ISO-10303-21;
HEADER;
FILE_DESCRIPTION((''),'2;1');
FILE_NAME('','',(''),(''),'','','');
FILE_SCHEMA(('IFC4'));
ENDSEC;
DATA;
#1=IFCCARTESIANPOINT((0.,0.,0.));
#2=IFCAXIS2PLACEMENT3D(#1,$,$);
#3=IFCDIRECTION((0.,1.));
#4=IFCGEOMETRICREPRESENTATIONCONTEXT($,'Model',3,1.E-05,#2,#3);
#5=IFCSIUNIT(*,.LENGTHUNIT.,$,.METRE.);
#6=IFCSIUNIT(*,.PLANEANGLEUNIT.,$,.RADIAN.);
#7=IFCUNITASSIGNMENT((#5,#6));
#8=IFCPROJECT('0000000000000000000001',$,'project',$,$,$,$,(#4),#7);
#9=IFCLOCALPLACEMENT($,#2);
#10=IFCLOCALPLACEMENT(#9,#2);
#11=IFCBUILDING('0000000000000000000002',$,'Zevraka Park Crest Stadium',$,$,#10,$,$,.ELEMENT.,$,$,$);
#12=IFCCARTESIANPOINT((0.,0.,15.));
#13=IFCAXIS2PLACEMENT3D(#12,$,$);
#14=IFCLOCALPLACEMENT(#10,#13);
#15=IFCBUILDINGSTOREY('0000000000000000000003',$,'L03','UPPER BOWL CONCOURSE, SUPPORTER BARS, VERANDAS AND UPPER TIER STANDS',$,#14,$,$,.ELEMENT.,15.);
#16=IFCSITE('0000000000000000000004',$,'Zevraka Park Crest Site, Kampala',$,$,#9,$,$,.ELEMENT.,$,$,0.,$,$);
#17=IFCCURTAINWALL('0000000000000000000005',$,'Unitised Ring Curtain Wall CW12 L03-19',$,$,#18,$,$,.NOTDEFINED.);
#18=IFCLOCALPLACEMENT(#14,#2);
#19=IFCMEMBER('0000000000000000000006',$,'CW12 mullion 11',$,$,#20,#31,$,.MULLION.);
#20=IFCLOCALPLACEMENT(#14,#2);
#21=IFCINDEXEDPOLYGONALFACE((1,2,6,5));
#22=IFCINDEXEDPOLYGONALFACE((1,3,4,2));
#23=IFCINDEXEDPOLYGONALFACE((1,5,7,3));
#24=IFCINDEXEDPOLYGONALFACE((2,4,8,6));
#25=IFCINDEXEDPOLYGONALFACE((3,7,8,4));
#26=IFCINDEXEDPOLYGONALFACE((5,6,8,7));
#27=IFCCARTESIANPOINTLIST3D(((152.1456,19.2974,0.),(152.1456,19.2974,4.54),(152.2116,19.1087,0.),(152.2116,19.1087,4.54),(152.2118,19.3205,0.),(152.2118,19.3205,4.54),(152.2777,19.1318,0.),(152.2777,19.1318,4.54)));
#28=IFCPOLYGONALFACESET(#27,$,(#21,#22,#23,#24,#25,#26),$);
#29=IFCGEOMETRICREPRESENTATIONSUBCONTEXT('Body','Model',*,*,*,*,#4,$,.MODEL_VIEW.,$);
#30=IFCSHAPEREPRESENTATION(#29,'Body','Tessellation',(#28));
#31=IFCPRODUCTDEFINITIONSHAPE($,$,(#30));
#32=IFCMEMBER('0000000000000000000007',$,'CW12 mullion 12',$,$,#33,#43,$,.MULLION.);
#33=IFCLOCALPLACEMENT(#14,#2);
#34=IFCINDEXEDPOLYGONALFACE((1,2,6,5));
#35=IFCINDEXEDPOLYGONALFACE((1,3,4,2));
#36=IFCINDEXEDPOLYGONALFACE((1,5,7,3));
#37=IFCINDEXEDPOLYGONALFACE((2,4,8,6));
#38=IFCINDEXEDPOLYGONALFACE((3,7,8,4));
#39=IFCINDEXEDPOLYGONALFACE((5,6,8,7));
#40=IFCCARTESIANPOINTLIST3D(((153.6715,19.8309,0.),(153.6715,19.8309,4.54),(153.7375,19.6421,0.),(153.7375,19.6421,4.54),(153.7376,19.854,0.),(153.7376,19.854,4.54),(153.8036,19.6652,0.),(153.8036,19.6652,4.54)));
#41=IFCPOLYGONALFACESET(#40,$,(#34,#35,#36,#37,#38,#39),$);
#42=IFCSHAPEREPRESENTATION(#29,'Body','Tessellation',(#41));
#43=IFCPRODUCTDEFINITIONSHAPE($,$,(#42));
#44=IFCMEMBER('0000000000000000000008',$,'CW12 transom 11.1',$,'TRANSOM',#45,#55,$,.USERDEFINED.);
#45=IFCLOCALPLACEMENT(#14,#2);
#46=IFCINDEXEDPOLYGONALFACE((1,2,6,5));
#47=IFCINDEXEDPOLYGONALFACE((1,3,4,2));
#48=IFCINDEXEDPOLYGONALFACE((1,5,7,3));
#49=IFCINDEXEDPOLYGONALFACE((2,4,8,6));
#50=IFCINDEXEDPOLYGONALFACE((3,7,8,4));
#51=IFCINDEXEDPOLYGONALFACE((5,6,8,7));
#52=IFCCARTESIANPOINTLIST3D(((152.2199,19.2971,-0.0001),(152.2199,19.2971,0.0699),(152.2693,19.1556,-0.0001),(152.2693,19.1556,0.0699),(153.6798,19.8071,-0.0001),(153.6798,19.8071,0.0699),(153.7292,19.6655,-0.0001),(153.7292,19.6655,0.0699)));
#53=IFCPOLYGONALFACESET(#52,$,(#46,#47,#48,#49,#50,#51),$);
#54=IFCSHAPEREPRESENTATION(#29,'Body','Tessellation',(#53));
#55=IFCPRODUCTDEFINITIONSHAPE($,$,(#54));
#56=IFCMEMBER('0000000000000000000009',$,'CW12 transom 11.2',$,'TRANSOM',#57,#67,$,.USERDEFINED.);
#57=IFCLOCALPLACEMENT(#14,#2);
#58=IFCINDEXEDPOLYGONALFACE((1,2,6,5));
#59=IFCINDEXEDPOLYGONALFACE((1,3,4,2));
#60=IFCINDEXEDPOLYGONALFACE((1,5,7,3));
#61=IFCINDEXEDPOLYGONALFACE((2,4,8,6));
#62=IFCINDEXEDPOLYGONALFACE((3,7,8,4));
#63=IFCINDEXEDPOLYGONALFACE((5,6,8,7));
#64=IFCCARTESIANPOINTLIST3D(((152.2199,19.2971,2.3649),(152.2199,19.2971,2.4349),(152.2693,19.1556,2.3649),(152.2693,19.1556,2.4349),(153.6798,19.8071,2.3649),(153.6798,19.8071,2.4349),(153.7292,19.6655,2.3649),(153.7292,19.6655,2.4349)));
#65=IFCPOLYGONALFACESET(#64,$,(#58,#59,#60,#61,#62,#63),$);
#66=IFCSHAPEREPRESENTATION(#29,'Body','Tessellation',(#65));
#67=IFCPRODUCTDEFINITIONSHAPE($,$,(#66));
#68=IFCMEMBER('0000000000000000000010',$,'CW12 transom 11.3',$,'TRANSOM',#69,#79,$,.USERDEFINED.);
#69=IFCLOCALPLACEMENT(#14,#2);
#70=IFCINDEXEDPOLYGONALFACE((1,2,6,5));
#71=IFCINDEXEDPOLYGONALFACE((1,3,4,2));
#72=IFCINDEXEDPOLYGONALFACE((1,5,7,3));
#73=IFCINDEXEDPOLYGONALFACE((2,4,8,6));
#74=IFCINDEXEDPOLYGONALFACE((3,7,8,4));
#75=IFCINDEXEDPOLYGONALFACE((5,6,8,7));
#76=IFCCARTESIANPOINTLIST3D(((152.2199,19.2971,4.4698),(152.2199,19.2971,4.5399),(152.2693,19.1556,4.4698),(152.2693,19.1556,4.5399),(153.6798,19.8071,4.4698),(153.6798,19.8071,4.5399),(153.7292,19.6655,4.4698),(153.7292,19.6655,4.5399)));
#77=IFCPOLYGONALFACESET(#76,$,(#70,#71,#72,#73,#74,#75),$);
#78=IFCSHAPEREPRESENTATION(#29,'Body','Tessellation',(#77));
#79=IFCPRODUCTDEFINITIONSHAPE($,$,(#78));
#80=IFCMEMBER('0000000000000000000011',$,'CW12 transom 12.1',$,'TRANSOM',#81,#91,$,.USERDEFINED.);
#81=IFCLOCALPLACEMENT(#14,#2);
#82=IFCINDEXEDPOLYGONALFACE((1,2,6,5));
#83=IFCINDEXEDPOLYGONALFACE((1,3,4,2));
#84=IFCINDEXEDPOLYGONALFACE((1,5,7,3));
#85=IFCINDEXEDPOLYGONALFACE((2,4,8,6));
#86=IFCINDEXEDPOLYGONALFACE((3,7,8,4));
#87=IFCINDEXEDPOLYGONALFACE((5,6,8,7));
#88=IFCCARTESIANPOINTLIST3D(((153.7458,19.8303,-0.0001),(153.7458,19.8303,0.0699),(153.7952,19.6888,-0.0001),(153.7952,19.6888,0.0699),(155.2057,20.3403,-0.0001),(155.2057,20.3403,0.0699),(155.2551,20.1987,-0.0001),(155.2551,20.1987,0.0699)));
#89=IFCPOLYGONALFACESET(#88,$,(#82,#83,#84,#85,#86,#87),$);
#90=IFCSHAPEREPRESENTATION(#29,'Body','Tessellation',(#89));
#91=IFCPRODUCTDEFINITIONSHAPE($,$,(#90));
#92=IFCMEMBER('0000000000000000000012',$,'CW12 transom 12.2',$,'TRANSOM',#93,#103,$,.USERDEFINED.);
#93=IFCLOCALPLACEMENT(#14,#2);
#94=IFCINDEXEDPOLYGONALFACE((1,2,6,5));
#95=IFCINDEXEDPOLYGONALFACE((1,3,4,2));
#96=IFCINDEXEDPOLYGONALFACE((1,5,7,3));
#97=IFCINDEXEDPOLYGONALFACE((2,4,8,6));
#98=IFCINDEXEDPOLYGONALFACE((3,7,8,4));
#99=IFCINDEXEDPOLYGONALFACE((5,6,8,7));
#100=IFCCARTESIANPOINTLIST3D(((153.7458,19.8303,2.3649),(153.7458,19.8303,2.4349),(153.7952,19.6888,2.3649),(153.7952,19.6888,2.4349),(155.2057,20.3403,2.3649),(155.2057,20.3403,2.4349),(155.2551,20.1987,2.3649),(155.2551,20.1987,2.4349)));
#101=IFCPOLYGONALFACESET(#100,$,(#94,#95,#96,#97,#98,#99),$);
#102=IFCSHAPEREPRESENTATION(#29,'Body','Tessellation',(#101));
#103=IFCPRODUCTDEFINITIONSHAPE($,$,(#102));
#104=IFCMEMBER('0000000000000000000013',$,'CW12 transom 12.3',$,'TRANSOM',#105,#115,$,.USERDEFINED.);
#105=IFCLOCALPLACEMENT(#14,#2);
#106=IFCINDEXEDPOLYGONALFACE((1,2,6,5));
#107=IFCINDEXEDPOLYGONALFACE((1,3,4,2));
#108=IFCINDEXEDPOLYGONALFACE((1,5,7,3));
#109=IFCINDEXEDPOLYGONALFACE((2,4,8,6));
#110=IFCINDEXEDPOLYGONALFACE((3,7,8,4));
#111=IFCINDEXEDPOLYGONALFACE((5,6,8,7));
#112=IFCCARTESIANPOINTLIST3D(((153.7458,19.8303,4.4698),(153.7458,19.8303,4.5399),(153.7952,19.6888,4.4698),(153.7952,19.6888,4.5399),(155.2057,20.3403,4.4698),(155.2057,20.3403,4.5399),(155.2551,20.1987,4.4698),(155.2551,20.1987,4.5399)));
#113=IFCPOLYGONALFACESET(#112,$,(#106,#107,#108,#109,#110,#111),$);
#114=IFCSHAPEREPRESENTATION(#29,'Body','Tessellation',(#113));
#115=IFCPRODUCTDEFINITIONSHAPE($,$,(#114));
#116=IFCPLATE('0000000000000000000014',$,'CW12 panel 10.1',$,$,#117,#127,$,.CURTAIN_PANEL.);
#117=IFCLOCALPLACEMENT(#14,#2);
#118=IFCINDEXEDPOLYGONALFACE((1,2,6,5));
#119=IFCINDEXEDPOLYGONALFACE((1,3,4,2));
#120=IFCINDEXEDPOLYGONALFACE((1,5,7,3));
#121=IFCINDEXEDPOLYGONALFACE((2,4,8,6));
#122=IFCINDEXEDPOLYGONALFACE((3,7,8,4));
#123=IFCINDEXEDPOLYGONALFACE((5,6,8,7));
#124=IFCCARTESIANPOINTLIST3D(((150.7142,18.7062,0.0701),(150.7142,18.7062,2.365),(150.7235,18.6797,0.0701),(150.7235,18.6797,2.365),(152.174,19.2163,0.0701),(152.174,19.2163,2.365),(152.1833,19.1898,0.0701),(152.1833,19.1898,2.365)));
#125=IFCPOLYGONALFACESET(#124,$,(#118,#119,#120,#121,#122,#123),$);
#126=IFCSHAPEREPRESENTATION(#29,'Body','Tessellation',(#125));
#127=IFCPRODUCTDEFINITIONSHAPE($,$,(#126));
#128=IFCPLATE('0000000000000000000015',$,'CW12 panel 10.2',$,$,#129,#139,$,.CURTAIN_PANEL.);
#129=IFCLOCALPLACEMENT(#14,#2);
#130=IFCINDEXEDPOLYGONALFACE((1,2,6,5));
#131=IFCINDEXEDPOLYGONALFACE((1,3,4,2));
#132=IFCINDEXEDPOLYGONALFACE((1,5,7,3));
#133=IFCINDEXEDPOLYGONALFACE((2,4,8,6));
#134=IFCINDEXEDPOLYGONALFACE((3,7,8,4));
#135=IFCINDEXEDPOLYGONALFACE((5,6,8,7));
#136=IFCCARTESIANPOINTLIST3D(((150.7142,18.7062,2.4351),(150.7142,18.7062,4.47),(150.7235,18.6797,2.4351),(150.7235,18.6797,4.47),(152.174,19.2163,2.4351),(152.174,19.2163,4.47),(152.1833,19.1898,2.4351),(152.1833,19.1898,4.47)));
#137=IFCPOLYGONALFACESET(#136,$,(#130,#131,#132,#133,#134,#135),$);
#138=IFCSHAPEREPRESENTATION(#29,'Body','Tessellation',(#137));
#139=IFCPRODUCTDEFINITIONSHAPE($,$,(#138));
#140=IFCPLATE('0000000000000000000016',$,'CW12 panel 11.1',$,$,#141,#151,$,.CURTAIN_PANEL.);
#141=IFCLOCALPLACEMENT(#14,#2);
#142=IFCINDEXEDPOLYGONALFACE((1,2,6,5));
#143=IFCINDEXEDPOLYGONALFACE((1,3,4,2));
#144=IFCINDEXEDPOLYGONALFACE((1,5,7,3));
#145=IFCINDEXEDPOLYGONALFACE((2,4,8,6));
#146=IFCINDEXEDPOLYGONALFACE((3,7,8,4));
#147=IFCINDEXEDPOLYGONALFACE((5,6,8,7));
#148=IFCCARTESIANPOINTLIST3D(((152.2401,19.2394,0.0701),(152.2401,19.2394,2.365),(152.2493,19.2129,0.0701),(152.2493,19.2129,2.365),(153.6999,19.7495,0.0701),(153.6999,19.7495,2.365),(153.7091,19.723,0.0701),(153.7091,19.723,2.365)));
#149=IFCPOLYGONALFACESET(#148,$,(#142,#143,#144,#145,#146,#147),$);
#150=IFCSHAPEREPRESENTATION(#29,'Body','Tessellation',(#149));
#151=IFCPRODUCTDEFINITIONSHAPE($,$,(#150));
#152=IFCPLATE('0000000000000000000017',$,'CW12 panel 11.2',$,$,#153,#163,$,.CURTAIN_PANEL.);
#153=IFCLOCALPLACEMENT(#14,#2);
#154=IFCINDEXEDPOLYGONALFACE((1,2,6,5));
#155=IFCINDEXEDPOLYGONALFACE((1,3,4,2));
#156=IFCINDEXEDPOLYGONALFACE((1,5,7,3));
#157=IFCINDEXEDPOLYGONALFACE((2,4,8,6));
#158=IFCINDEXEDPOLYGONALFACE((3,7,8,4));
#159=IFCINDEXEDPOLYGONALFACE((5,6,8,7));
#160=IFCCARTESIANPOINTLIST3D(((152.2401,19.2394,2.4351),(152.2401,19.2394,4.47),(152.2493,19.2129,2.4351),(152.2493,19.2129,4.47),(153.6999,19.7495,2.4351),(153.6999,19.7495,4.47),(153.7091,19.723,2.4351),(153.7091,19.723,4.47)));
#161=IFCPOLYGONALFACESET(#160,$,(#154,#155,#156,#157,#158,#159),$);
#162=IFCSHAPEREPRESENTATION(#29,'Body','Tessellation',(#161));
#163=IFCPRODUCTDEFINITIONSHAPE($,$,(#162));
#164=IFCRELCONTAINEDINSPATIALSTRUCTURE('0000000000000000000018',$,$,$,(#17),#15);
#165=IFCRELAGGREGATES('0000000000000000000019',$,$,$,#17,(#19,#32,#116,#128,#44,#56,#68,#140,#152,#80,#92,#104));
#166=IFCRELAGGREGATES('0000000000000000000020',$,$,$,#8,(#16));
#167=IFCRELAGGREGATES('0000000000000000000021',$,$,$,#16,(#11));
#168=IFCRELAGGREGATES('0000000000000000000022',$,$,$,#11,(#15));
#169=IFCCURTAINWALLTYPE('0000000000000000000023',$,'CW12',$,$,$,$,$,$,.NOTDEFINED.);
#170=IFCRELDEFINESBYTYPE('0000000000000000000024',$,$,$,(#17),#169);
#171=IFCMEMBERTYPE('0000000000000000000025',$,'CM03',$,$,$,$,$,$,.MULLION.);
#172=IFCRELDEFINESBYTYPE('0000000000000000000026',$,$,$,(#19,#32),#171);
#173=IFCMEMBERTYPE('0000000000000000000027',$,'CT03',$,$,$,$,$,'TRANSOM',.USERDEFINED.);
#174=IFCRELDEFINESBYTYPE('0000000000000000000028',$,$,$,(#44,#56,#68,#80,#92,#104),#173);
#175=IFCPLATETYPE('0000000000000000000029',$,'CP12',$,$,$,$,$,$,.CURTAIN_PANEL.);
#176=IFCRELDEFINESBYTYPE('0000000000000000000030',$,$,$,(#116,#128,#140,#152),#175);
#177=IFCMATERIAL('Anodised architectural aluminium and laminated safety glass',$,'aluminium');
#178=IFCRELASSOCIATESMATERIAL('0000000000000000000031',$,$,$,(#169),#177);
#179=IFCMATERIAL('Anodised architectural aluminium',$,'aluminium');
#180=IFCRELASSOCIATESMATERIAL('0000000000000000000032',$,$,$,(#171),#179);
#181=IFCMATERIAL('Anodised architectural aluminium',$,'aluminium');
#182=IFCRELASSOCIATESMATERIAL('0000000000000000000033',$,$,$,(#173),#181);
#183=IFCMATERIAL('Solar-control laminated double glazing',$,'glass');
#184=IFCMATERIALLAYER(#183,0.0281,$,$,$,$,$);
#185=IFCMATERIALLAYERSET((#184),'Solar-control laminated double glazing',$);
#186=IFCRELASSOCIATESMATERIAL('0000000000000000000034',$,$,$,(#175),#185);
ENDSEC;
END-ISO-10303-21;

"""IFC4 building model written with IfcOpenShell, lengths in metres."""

from ifc_helpers import new_model, si_unit, direction, frame, origin, origin_2d, place, context, subcontext, project, spatial, rectangle, extrude, material, layer, layer_set, material_profile, profile_set, type_object, element, aggregate, save


model = new_model("IFC4")

# Units and contexts
model_context = context("Model", 3, precision=1e-05, world=origin(), true_north=direction((0.0, 1.0)))
body_context = subcontext(model_context, "Body", "Model", "MODEL_VIEW")
ifc_project = project(units=[si_unit("LENGTHUNIT", "METRE"), si_unit("PLANEANGLEUNIT", "RADIAN")], contexts=[model_context])

# Site, building, storey
site_placement = place(None, origin())
site = spatial("IfcSite", under=ifc_project, at=site_placement, Name="Zevraka Park Crest Site, Kampala", CompositionType="ELEMENT", RefElevation=0.0)
building_placement = place(site_placement, origin())
building = spatial("IfcBuilding", under=site, at=building_placement, Name="Zevraka Park Crest Stadium", CompositionType="ELEMENT")
storey_placement = place(building_placement, frame((0.0, 0.0, 15.0)))
storey = spatial("IfcBuildingStorey", under=building, at=storey_placement, Name="L03", Description="UPPER BOWL CONCOURSE, SUPPORTER BARS, VERANDAS AND UPPER TIER STANDS", CompositionType="ELEMENT", Elevation=15.0)

# Curtain wall, members, plates
ifc_material_1 = material(Name="Anodised architectural aluminium and laminated safety glass", Category="aluminium")
curtain_wall_type = type_object("IfcCurtainWallType", Name="CW12", PredefinedType="NOTDEFINED", material=ifc_material_1)
curtain_wall_placement = place(storey_placement, origin())
curtain_wall = element("IfcCurtainWall", 1, at=curtain_wall_placement, inside=storey, type_object=curtain_wall_type, Name="Unitised Ring Curtain Wall CW12 L03-19", PredefinedType="NOTDEFINED")
ifc_material_2 = material(Name="Anodised architectural aluminium", Category="aluminium")
ifc_material_profile_1 = material_profile(ifc_material_2, rectangle(XDim=0.2, YDim=0.0701, at=origin_2d()), Name="ALU MULLION 200x70")
ifc_profile_set_1 = profile_set([ifc_material_profile_1], Name="Anodised architectural aluminium")
member_type_1 = type_object("IfcMemberType", Name="CM03", PredefinedType="MULLION", material=ifc_profile_set_1)
member_1_placement = place(storey_placement, frame((152.2117, 19.2146, 0.0), z_axis=(0.0, 0.0, 1.0), x_axis=(-0.329917, 0.94401, 0.0)))
member_1 = element("IfcMember", 2, at=member_1_placement, type_object=member_type_1, Name="CW12 mullion 11", PredefinedType="MULLION", context=body_context, shape_type="SweptSolid", body=[
    extrude(rectangle(XDim=0.2, YDim=0.0701, at=origin_2d()), origin(), (0.0, 0.0, 1.0), 4.54),
])
member_2_placement = place(storey_placement, frame((153.7375, 19.748, 0.0), z_axis=(0.0, 0.0, 1.0), x_axis=(-0.329917, 0.94401, 0.0)))
member_2 = element("IfcMember", 3, at=member_2_placement, type_object=member_type_1, Name="CW12 mullion 12", PredefinedType="MULLION", context=body_context, shape_type="SweptSolid", body=[
    extrude(rectangle(XDim=0.2, YDim=0.0701, at=origin_2d()), origin(), (0.0, 0.0, 1.0), 4.54),
])
ifc_material_3 = material(Name="Anodised architectural aluminium", Category="aluminium")
ifc_material_profile_2 = material_profile(ifc_material_3, rectangle(XDim=0.1499, YDim=0.0701, at=origin_2d()), Name="ALU TRANSOM 150x70")
ifc_profile_set_2 = profile_set([ifc_material_profile_2], Name="Anodised architectural aluminium")
member_type_2 = type_object("IfcMemberType", Name="CT03", ElementType="TRANSOM", PredefinedType="USERDEFINED", material=ifc_profile_set_2)
member_3_placement = place(storey_placement, frame((152.2446, 19.2263, 0.0349), z_axis=(0.944055, 0.329788, 0.0), x_axis=(-0.329788, 0.944055, 0.0)))
member_3 = element("IfcMember", 4, at=member_3_placement, type_object=member_type_2, Name="CW12 transom 11.1", ObjectType="TRANSOM", PredefinedType="USERDEFINED", context=body_context, shape_type="SweptSolid", body=[
    extrude(rectangle(XDim=0.1499, YDim=0.0701, at=origin_2d()), origin(), (0.0, 0.0, 1.0), 1.5464),
])
member_4_placement = place(storey_placement, frame((152.2446, 19.2263, 2.3999), z_axis=(0.944055, 0.329788, 0.0), x_axis=(-0.329788, 0.944055, 0.0)))
member_4 = element("IfcMember", 5, at=member_4_placement, type_object=member_type_2, Name="CW12 transom 11.2", ObjectType="TRANSOM", PredefinedType="USERDEFINED", context=body_context, shape_type="SweptSolid", body=[
    extrude(rectangle(XDim=0.1499, YDim=0.0701, at=origin_2d()), origin(), (0.0, 0.0, 1.0), 1.5464),
])
member_5_placement = place(storey_placement, frame((152.2446, 19.2263, 4.5049), z_axis=(0.944055, 0.329788, 0.0), x_axis=(-0.329788, 0.944055, 0.0)))
member_5 = element("IfcMember", 6, at=member_5_placement, type_object=member_type_2, Name="CW12 transom 11.3", ObjectType="TRANSOM", PredefinedType="USERDEFINED", context=body_context, shape_type="SweptSolid", body=[
    extrude(rectangle(XDim=0.1499, YDim=0.0701, at=origin_2d()), origin(), (0.0, 0.0, 1.0), 1.5464),
])
member_6_placement = place(storey_placement, frame((153.7705, 19.7595, 0.0349), z_axis=(0.944055, 0.329788, 0.0), x_axis=(-0.329788, 0.944055, 0.0)))
member_6 = element("IfcMember", 7, at=member_6_placement, type_object=member_type_2, Name="CW12 transom 12.1", ObjectType="TRANSOM", PredefinedType="USERDEFINED", context=body_context, shape_type="SweptSolid", body=[
    extrude(rectangle(XDim=0.1499, YDim=0.0701, at=origin_2d()), origin(), (0.0, 0.0, 1.0), 1.5464),
])
member_7_placement = place(storey_placement, frame((153.7705, 19.7595, 2.3999), z_axis=(0.944055, 0.329788, 0.0), x_axis=(-0.329788, 0.944055, 0.0)))
member_7 = element("IfcMember", 8, at=member_7_placement, type_object=member_type_2, Name="CW12 transom 12.2", ObjectType="TRANSOM", PredefinedType="USERDEFINED", context=body_context, shape_type="SweptSolid", body=[
    extrude(rectangle(XDim=0.1499, YDim=0.0701, at=origin_2d()), origin(), (0.0, 0.0, 1.0), 1.5464),
])
member_8_placement = place(storey_placement, frame((153.7705, 19.7595, 4.5049), z_axis=(0.944055, 0.329788, 0.0), x_axis=(-0.329788, 0.944055, 0.0)))
member_8 = element("IfcMember", 9, at=member_8_placement, type_object=member_type_2, Name="CW12 transom 12.3", ObjectType="TRANSOM", PredefinedType="USERDEFINED", context=body_context, shape_type="SweptSolid", body=[
    extrude(rectangle(XDim=0.1499, YDim=0.0701, at=origin_2d()), origin(), (0.0, 0.0, 1.0), 1.5464),
])
ifc_material_4 = material(Name="Solar-control laminated double glazing", Category="glass")
ifc_layer_1 = layer(ifc_material_4, 0.0281)
ifc_layer_set_1 = layer_set([ifc_layer_1], Name="Solar-control laminated double glazing")
plate_type = type_object("IfcPlateType", Name="CP12", PredefinedType="CURTAIN_PANEL", material=ifc_layer_set_1)
plate_1_placement = place(storey_placement, frame((151.4487, 18.948, 0.0701), z_axis=(0.0, 0.0, 1.0), x_axis=(0.94401, 0.329917, 0.0)))
plate_1 = element("IfcPlate", 10, at=plate_1_placement, type_object=plate_type, Name="CW12 panel 10.1", PredefinedType="CURTAIN_PANEL", context=body_context, shape_type="SweptSolid", body=[
    extrude(rectangle(XDim=1.5464, YDim=0.0281, at=origin_2d()), origin(), (0.0, 0.0, 1.0), 2.2949),
])
plate_2_placement = place(storey_placement, frame((151.4487, 18.948, 2.4351), z_axis=(0.0, 0.0, 1.0), x_axis=(0.94401, 0.329917, 0.0)))
plate_2 = element("IfcPlate", 11, at=plate_2_placement, type_object=plate_type, Name="CW12 panel 10.2", PredefinedType="CURTAIN_PANEL", context=body_context, shape_type="SweptSolid", body=[
    extrude(rectangle(XDim=1.5464, YDim=0.0281, at=origin_2d()), origin(), (0.0, 0.0, 1.0), 2.0349),
])
plate_3_placement = place(storey_placement, frame((152.9746, 19.4812, 0.0701), z_axis=(0.0, 0.0, 1.0), x_axis=(0.94401, 0.329917, 0.0)))
plate_3 = element("IfcPlate", 12, at=plate_3_placement, type_object=plate_type, Name="CW12 panel 11.1", PredefinedType="CURTAIN_PANEL", context=body_context, shape_type="SweptSolid", body=[
    extrude(rectangle(XDim=1.5464, YDim=0.0281, at=origin_2d()), origin(), (0.0, 0.0, 1.0), 2.2949),
])
plate_4_placement = place(storey_placement, frame((152.9746, 19.4812, 2.4351), z_axis=(0.0, 0.0, 1.0), x_axis=(0.94401, 0.329917, 0.0)))
plate_4 = element("IfcPlate", 13, at=plate_4_placement, type_object=plate_type, Name="CW12 panel 11.2", PredefinedType="CURTAIN_PANEL", context=body_context, shape_type="SweptSolid", body=[
    extrude(rectangle(XDim=1.5464, YDim=0.0281, at=origin_2d()), origin(), (0.0, 0.0, 1.0), 2.0349),
])
aggregate(curtain_wall, [member_1, member_2, plate_1, plate_2, member_3, member_4, member_5, plate_3, plate_4, member_6, member_7, member_8])

save(model, "model.ifc")
